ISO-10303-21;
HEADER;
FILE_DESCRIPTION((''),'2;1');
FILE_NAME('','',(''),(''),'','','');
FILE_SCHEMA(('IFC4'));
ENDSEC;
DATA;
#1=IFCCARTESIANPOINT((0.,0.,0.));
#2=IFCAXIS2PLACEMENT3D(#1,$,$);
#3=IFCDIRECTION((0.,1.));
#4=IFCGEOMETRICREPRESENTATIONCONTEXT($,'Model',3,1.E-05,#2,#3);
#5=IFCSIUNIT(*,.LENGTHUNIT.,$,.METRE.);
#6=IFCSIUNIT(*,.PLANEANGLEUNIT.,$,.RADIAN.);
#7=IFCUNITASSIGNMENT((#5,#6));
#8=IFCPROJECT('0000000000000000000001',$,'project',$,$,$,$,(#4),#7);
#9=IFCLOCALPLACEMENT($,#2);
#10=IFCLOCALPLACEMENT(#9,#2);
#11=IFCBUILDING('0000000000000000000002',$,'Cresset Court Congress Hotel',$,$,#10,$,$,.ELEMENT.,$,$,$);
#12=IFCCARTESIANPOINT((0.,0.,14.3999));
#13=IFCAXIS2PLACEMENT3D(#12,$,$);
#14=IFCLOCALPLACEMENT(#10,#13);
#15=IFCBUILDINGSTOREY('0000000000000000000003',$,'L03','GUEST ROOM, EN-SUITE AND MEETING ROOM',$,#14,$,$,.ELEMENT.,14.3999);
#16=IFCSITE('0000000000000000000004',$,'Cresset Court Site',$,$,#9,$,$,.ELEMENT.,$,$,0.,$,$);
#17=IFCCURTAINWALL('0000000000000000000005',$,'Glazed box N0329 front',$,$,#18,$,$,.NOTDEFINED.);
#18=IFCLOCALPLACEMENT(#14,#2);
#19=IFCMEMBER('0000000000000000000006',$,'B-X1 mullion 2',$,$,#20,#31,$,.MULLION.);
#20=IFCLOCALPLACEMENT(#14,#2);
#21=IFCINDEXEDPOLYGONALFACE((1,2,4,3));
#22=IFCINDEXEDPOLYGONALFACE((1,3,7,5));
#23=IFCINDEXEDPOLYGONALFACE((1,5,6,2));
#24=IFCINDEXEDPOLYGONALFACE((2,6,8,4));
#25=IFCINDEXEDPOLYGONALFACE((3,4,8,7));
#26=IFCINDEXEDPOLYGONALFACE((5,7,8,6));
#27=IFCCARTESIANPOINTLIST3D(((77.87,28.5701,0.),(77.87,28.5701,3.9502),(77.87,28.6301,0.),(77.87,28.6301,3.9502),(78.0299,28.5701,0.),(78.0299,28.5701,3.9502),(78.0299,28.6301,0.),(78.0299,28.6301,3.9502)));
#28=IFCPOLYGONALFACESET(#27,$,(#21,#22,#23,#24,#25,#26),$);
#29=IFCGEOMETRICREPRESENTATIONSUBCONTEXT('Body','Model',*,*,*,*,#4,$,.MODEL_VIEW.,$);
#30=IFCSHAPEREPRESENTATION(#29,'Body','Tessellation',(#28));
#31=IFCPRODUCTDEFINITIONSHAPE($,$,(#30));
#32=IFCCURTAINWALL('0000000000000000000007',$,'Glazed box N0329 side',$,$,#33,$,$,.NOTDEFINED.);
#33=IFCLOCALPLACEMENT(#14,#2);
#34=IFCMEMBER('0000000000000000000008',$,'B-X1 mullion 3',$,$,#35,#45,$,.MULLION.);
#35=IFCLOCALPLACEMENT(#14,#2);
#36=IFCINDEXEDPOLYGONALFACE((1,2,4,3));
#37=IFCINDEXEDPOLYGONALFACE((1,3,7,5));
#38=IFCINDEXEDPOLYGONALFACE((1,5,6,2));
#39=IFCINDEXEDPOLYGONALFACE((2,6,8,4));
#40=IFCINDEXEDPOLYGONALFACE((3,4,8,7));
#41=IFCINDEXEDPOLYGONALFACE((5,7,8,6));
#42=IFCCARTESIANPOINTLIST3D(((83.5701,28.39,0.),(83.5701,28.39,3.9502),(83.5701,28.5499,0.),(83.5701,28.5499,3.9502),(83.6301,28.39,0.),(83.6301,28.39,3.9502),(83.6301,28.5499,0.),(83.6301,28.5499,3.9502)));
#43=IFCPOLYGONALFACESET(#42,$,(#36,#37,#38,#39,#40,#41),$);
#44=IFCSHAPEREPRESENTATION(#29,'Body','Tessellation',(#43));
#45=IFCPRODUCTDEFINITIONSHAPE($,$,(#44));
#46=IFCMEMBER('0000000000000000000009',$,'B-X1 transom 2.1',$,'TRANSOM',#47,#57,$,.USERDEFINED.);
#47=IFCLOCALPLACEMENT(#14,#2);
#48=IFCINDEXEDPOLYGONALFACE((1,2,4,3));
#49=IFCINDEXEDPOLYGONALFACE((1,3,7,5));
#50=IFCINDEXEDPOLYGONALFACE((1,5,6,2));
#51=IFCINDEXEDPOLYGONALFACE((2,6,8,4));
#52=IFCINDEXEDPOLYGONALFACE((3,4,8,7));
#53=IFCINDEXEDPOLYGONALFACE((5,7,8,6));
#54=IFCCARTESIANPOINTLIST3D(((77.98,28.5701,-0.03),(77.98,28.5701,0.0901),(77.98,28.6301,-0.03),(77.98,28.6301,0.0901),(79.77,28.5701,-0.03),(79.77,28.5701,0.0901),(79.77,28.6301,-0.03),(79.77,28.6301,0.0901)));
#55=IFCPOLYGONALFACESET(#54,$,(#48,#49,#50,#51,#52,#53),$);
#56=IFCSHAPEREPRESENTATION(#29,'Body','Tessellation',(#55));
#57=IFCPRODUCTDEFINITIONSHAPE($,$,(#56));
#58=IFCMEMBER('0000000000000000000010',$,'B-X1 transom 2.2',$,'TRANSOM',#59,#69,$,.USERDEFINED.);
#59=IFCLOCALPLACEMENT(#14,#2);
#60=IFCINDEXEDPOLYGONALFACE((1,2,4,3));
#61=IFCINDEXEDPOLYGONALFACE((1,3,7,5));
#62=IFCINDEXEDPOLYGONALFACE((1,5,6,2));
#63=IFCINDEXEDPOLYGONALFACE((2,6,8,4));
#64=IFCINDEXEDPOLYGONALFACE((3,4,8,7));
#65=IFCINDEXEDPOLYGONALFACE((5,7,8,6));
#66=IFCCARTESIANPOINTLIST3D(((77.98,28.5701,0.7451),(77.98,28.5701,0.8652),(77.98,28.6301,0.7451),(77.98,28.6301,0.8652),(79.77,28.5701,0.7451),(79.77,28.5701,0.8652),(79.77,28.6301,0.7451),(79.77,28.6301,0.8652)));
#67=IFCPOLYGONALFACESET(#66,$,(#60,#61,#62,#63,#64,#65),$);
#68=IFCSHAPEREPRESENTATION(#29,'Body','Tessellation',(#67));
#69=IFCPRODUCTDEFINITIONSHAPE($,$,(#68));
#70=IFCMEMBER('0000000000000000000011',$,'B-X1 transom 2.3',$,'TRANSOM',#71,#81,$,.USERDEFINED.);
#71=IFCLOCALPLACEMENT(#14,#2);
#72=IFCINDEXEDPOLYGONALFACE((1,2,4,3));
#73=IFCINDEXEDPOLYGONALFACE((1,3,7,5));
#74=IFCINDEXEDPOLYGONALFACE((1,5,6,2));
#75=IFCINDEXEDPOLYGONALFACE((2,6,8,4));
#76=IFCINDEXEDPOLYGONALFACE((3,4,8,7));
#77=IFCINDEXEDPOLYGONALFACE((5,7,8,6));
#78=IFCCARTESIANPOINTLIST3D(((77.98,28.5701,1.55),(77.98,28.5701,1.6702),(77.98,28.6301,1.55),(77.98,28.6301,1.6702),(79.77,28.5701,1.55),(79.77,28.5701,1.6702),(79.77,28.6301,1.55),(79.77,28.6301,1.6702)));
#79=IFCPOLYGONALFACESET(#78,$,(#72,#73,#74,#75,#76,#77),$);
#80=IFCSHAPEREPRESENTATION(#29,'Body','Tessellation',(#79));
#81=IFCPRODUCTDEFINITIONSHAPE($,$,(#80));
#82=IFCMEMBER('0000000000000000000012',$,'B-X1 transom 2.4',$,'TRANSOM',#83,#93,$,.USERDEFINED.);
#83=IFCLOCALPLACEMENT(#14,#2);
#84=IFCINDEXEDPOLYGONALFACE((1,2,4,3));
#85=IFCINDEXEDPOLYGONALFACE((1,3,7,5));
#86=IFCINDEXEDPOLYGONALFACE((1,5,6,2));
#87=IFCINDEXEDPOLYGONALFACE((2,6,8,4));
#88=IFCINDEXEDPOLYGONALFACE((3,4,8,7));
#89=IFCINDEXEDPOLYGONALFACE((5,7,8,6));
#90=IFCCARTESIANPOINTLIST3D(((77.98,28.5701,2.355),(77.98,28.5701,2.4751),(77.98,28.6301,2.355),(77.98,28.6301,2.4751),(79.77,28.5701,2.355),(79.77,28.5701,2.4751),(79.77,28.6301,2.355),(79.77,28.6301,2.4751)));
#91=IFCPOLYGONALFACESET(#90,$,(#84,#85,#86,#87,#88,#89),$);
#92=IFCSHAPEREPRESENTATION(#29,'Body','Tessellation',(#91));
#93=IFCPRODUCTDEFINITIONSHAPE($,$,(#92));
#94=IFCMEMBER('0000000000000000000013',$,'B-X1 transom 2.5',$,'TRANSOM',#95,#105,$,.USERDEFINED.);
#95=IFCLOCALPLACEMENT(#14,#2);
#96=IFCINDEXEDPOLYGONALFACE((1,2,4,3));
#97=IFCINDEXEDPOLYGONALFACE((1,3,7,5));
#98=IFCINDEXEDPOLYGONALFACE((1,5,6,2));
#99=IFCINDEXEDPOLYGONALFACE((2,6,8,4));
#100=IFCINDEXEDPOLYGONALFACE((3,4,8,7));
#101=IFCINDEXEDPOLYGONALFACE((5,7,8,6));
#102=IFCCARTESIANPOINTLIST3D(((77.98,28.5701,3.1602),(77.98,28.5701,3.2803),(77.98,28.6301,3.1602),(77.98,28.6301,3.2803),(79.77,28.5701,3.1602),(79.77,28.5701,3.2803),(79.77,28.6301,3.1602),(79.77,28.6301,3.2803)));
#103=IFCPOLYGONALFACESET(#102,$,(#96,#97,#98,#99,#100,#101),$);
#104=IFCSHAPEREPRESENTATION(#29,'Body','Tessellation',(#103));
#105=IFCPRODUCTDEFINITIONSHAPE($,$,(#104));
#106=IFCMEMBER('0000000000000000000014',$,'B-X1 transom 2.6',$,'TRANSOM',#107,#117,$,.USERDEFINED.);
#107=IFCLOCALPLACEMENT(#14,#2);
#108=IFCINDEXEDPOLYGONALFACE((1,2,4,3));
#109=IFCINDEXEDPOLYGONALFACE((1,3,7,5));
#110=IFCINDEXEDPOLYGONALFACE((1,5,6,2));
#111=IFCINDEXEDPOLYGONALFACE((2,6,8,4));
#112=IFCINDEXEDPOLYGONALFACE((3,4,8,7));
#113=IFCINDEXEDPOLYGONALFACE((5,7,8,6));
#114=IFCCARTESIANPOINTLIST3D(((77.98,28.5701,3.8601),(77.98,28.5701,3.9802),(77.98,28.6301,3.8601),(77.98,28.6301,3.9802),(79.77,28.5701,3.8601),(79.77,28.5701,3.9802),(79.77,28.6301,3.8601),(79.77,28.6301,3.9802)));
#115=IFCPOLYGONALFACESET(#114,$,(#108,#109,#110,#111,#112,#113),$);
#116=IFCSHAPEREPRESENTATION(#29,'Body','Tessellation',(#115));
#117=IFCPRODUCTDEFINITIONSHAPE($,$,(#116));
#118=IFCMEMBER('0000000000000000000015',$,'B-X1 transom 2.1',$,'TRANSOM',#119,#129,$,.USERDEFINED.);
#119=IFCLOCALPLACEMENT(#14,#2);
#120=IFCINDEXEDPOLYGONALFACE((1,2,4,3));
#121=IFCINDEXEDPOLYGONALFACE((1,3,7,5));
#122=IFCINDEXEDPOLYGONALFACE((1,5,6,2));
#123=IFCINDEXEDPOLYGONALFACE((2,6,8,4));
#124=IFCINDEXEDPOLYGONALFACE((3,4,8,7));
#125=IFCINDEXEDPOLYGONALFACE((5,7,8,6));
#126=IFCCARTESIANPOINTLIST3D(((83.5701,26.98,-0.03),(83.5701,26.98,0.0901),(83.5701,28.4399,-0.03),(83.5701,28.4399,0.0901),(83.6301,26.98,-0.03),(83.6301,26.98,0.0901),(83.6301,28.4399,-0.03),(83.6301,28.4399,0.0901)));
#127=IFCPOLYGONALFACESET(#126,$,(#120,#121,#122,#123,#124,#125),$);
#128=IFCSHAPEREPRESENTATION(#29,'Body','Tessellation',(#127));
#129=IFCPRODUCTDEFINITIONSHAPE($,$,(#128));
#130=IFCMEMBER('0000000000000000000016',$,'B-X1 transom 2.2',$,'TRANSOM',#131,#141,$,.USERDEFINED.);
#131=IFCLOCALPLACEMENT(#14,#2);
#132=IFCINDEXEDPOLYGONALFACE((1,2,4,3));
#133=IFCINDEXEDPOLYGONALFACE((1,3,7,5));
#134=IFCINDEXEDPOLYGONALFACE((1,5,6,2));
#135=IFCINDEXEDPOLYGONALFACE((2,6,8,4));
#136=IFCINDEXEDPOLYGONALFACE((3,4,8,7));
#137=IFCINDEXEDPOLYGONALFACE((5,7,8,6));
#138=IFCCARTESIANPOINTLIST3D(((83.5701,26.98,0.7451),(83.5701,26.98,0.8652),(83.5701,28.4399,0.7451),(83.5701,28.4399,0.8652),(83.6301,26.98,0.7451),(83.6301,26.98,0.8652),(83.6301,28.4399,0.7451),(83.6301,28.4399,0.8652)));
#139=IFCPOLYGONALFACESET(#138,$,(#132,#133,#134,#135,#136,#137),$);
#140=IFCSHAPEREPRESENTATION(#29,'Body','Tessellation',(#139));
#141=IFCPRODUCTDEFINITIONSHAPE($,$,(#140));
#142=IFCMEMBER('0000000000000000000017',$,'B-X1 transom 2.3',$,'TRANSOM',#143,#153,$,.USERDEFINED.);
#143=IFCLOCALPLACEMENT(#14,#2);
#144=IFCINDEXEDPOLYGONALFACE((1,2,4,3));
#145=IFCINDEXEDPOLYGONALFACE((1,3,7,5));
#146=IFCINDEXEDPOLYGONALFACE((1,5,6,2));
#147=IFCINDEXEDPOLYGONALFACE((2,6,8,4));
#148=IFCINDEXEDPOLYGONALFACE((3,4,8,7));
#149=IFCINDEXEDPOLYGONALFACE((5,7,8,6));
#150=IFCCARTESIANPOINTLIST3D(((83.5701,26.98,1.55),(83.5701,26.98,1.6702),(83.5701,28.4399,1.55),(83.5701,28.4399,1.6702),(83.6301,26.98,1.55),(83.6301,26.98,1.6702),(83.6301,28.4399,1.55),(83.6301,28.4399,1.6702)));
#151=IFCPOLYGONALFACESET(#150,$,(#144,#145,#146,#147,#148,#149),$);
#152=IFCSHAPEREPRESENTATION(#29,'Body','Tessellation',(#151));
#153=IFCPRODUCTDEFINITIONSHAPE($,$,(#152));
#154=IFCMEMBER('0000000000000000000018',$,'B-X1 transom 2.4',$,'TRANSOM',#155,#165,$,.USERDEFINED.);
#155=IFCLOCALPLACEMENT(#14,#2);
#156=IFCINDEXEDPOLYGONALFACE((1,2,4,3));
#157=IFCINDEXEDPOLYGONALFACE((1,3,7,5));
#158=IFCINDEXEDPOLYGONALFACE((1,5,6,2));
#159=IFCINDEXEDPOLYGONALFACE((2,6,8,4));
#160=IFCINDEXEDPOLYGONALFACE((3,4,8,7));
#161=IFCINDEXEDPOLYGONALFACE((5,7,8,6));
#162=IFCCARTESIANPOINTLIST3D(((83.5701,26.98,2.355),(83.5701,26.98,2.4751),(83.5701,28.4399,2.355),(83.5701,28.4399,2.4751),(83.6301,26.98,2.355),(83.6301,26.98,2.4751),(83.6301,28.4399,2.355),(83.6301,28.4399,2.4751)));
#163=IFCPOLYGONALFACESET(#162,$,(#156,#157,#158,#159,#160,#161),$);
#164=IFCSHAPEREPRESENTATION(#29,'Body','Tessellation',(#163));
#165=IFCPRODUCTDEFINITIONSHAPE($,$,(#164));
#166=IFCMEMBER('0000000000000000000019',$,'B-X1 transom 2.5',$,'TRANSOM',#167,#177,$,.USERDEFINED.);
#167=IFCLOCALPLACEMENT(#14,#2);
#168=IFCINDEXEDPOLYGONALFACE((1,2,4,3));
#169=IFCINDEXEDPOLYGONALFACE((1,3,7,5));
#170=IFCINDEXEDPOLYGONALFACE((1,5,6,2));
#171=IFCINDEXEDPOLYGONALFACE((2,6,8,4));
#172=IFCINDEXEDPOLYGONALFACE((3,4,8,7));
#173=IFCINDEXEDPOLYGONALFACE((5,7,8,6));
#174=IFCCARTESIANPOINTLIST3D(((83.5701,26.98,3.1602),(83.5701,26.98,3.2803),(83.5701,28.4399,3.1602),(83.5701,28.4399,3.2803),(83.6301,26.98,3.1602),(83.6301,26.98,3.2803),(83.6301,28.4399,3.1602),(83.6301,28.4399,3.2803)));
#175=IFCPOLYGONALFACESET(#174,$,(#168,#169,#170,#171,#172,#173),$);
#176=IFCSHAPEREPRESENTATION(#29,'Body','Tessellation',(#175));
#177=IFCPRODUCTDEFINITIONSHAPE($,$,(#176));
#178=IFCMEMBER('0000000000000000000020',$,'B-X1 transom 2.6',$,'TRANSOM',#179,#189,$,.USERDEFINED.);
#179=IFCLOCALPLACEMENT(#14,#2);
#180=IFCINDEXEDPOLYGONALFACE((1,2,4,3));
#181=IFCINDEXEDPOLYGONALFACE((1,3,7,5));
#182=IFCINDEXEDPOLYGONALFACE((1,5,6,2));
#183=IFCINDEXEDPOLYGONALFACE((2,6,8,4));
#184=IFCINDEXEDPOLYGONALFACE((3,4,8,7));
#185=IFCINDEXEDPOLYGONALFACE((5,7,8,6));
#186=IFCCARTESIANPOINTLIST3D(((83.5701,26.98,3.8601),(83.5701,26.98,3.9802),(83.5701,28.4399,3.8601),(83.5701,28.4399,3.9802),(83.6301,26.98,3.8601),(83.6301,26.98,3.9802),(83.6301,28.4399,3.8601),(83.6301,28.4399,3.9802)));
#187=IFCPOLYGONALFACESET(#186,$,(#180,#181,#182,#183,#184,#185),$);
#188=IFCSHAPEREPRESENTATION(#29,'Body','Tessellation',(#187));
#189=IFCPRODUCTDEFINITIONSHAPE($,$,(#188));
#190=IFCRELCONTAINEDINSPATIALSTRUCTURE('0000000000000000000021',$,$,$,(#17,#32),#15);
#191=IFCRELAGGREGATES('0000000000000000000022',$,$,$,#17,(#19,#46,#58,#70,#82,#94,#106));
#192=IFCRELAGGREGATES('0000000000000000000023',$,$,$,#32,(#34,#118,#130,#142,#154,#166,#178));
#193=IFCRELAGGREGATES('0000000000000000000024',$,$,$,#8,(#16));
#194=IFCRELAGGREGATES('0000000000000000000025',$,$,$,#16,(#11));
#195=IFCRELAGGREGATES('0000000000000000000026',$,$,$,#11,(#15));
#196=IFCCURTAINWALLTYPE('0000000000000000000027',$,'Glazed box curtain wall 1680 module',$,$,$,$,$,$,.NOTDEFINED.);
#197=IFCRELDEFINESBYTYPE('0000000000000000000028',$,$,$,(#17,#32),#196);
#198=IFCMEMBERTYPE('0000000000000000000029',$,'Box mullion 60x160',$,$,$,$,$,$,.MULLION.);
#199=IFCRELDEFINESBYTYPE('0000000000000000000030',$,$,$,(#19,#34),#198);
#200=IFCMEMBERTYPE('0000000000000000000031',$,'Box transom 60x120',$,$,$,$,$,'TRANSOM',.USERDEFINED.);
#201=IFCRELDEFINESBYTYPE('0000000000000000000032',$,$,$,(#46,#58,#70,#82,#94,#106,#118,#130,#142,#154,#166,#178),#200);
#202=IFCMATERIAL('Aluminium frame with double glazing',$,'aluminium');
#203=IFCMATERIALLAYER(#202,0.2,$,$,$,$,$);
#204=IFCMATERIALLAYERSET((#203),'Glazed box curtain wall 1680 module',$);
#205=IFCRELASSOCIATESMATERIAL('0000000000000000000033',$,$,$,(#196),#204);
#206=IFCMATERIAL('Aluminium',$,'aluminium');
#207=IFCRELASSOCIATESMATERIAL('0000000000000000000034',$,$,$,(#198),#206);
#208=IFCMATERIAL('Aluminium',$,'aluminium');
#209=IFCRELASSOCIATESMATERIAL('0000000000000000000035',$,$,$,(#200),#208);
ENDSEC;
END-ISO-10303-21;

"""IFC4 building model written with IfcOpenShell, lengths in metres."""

from ifc_helpers import new_model, si_unit, direction, frame, origin, origin_2d, place, context, subcontext, project, spatial, rectangle, extrude, material, layer, layer_set, material_profile, profile_set, type_object, element, aggregate, save


model = new_model("IFC4")

# Units and contexts
model_context = context("Model", 3, precision=1e-05, world=origin(), true_north=direction((0.0, 1.0)))
body_context = subcontext(model_context, "Body", "Model", "MODEL_VIEW")
ifc_project = project(units=[si_unit("LENGTHUNIT", "METRE"), si_unit("PLANEANGLEUNIT", "RADIAN")], contexts=[model_context])

# Site, building, storey
site_placement = place(None, origin())
site = spatial("IfcSite", under=ifc_project, at=site_placement, Name="Cresset Court Site", CompositionType="ELEMENT", RefElevation=0.0)
building_placement = place(site_placement, origin())
building = spatial("IfcBuilding", under=site, at=building_placement, Name="Cresset Court Congress Hotel", CompositionType="ELEMENT")
storey_placement = place(building_placement, frame((0.0, 0.0, 14.3999)))
storey = spatial("IfcBuildingStorey", under=building, at=storey_placement, Name="L03", Description="GUEST ROOM, EN-SUITE AND MEETING ROOM", CompositionType="ELEMENT", Elevation=14.3999)

# Curtain walls, members
ifc_material_1 = material(Name="Aluminium frame with double glazing", Category="aluminium")
ifc_layer_1 = layer(ifc_material_1, 0.2)
ifc_layer_set_1 = layer_set([ifc_layer_1], Name="Glazed box curtain wall 1680 module")
curtain_wall_type = type_object("IfcCurtainWallType", Name="Glazed box curtain wall 1680 module", PredefinedType="NOTDEFINED", material=ifc_layer_set_1)
curtain_wall_1_placement = place(storey_placement, origin())
curtain_wall_1 = element("IfcCurtainWall", 1, at=curtain_wall_1_placement, inside=storey, type_object=curtain_wall_type, Name="Glazed box N0329 front", PredefinedType="NOTDEFINED")
ifc_material_2 = material(Name="Aluminium", Category="aluminium")
ifc_material_profile_1 = material_profile(ifc_material_2, rectangle(XDim=0.0601, YDim=0.1599, at=origin_2d()), Name="Box mullion 60x160")
ifc_profile_set_1 = profile_set([ifc_material_profile_1], Name="Aluminium")
member_type_1 = type_object("IfcMemberType", Name="Box mullion 60x160", PredefinedType="MULLION", material=ifc_profile_set_1)
member_1_placement = place(storey_placement, frame((77.95, 28.6001, 0.0), z_axis=(0.0, 0.0, 1.0), x_axis=(0.0, 1.0, 0.0)))
member_1 = element("IfcMember", 2, at=member_1_placement, type_object=member_type_1, Name="B-X1 mullion 2", PredefinedType="MULLION", context=body_context, shape_type="SweptSolid", body=[
    extrude(rectangle(XDim=0.0601, YDim=0.1599, at=origin_2d()), origin(), (0.0, 0.0, 1.0), 3.9502),
])
curtain_wall_2_placement = place(storey_placement, origin())
curtain_wall_2 = element("IfcCurtainWall", 3, at=curtain_wall_2_placement, inside=storey, type_object=curtain_wall_type, Name="Glazed box N0329 side", PredefinedType="NOTDEFINED")
member_2_placement = place(storey_placement, frame((83.6001, 28.47, 0.0), z_axis=(0.0, 0.0, 1.0), x_axis=(-1.0, 0.0, 0.0)))
member_2 = element("IfcMember", 4, at=member_2_placement, type_object=member_type_1, Name="B-X1 mullion 3", PredefinedType="MULLION", context=body_context, shape_type="SweptSolid", body=[
    extrude(rectangle(XDim=0.0601, YDim=0.1599, at=origin_2d()), origin(), (0.0, 0.0, 1.0), 3.9502),
])

# Members
ifc_material_3 = material(Name="Aluminium", Category="aluminium")
ifc_material_profile_2 = material_profile(ifc_material_3, rectangle(XDim=0.0601, YDim=0.1201, at=origin_2d()), Name="Box transom 60x120")
ifc_profile_set_2 = profile_set([ifc_material_profile_2], Name="Aluminium")
member_type_2 = type_object("IfcMemberType", Name="Box transom 60x120", ElementType="TRANSOM", PredefinedType="USERDEFINED", material=ifc_profile_set_2)
member_3_placement = place(storey_placement, frame((77.98, 28.6001, 0.03), z_axis=(1.0, 0.0, 0.0), x_axis=(0.0, 1.0, 0.0)))
member_3 = element("IfcMember", 5, at=member_3_placement, type_object=member_type_2, Name="B-X1 transom 2.1", ObjectType="TRANSOM", PredefinedType="USERDEFINED", context=body_context, shape_type="SweptSolid", body=[
    extrude(rectangle(XDim=0.0601, YDim=0.1201, at=origin_2d()), origin(), (0.0, 0.0, 1.0), 1.79),
])
member_4_placement = place(storey_placement, frame((77.98, 28.6001, 0.8052), z_axis=(1.0, 0.0, 0.0), x_axis=(0.0, 1.0, 0.0)))
member_4 = element("IfcMember", 6, at=member_4_placement, type_object=member_type_2, Name="B-X1 transom 2.2", ObjectType="TRANSOM", PredefinedType="USERDEFINED", context=body_context, shape_type="SweptSolid", body=[
    extrude(rectangle(XDim=0.0601, YDim=0.1201, at=origin_2d()), origin(), (0.0, 0.0, 1.0), 1.79),
])
member_5_placement = place(storey_placement, frame((77.98, 28.6001, 1.6101), z_axis=(1.0, 0.0, 0.0), x_axis=(0.0, 1.0, 0.0)))
member_5 = element("IfcMember", 7, at=member_5_placement, type_object=member_type_2, Name="B-X1 transom 2.3", ObjectType="TRANSOM", PredefinedType="USERDEFINED", context=body_context, shape_type="SweptSolid", body=[
    extrude(rectangle(XDim=0.0601, YDim=0.1201, at=origin_2d()), origin(), (0.0, 0.0, 1.0), 1.79),
])
member_6_placement = place(storey_placement, frame((77.98, 28.6001, 2.415), z_axis=(1.0, 0.0, 0.0), x_axis=(0.0, 1.0, 0.0)))
member_6 = element("IfcMember", 8, at=member_6_placement, type_object=member_type_2, Name="B-X1 transom 2.4", ObjectType="TRANSOM", PredefinedType="USERDEFINED", context=body_context, shape_type="SweptSolid", body=[
    extrude(rectangle(XDim=0.0601, YDim=0.1201, at=origin_2d()), origin(), (0.0, 0.0, 1.0), 1.79),
])
member_7_placement = place(storey_placement, frame((77.98, 28.6001, 3.2202), z_axis=(1.0, 0.0, 0.0), x_axis=(0.0, 1.0, 0.0)))
member_7 = element("IfcMember", 9, at=member_7_placement, type_object=member_type_2, Name="B-X1 transom 2.5", ObjectType="TRANSOM", PredefinedType="USERDEFINED", context=body_context, shape_type="SweptSolid", body=[
    extrude(rectangle(XDim=0.0601, YDim=0.1201, at=origin_2d()), origin(), (0.0, 0.0, 1.0), 1.79),
])
member_8_placement = place(storey_placement, frame((77.98, 28.6001, 3.9202), z_axis=(1.0, 0.0, 0.0), x_axis=(0.0, 1.0, 0.0)))
member_8 = element("IfcMember", 10, at=member_8_placement, type_object=member_type_2, Name="B-X1 transom 2.6", ObjectType="TRANSOM", PredefinedType="USERDEFINED", context=body_context, shape_type="SweptSolid", body=[
    extrude(rectangle(XDim=0.0601, YDim=0.1201, at=origin_2d()), origin(), (0.0, 0.0, 1.0), 1.79),
])
member_9_placement = place(storey_placement, frame((83.6001, 26.98, 0.03), z_axis=(0.0, 1.0, 0.0), x_axis=(-1.0, 0.0, 0.0)))
member_9 = element("IfcMember", 11, at=member_9_placement, type_object=member_type_2, Name="B-X1 transom 2.1", ObjectType="TRANSOM", PredefinedType="USERDEFINED", context=body_context, shape_type="SweptSolid", body=[
    extrude(rectangle(XDim=0.0601, YDim=0.1201, at=origin_2d()), origin(), (0.0, 0.0, 1.0), 1.46),
])
member_10_placement = place(storey_placement, frame((83.6001, 26.98, 0.8052), z_axis=(0.0, 1.0, 0.0), x_axis=(-1.0, 0.0, 0.0)))
member_10 = element("IfcMember", 12, at=member_10_placement, type_object=member_type_2, Name="B-X1 transom 2.2", ObjectType="TRANSOM", PredefinedType="USERDEFINED", context=body_context, shape_type="SweptSolid", body=[
    extrude(rectangle(XDim=0.0601, YDim=0.1201, at=origin_2d()), origin(), (0.0, 0.0, 1.0), 1.46),
])
member_11_placement = place(storey_placement, frame((83.6001, 26.98, 1.6101), z_axis=(0.0, 1.0, 0.0), x_axis=(-1.0, 0.0, 0.0)))
member_11 = element("IfcMember", 13, at=member_11_placement, type_object=member_type_2, Name="B-X1 transom 2.3", ObjectType="TRANSOM", PredefinedType="USERDEFINED", context=body_context, shape_type="SweptSolid", body=[
    extrude(rectangle(XDim=0.0601, YDim=0.1201, at=origin_2d()), origin(), (0.0, 0.0, 1.0), 1.46),
])
member_12_placement = place(storey_placement, frame((83.6001, 26.98, 2.415), z_axis=(0.0, 1.0, 0.0), x_axis=(-1.0, 0.0, 0.0)))
member_12 = element("IfcMember", 14, at=member_12_placement, type_object=member_type_2, Name="B-X1 transom 2.4", ObjectType="TRANSOM", PredefinedType="USERDEFINED", context=body_context, shape_type="SweptSolid", body=[
    extrude(rectangle(XDim=0.0601, YDim=0.1201, at=origin_2d()), origin(), (0.0, 0.0, 1.0), 1.46),
])
member_13_placement = place(storey_placement, frame((83.6001, 26.98, 3.2202), z_axis=(0.0, 1.0, 0.0), x_axis=(-1.0, 0.0, 0.0)))
member_13 = element("IfcMember", 15, at=member_13_placement, type_object=member_type_2, Name="B-X1 transom 2.5", ObjectType="TRANSOM", PredefinedType="USERDEFINED", context=body_context, shape_type="SweptSolid", body=[
    extrude(rectangle(XDim=0.0601, YDim=0.1201, at=origin_2d()), origin(), (0.0, 0.0, 1.0), 1.46),
])
member_14_placement = place(storey_placement, frame((83.6001, 26.98, 3.9202), z_axis=(0.0, 1.0, 0.0), x_axis=(-1.0, 0.0, 0.0)))
member_14 = element("IfcMember", 16, at=member_14_placement, type_object=member_type_2, Name="B-X1 transom 2.6", ObjectType="TRANSOM", PredefinedType="USERDEFINED", context=body_context, shape_type="SweptSolid", body=[
    extrude(rectangle(XDim=0.0601, YDim=0.1201, at=origin_2d()), origin(), (0.0, 0.0, 1.0), 1.46),
])

aggregate(curtain_wall_1, [member_1, member_3, member_4, member_5, member_6, member_7, member_8])
aggregate(curtain_wall_2, [member_2, member_9, member_10, member_11, member_12, member_13, member_14])

save(model, "model.ifc")
